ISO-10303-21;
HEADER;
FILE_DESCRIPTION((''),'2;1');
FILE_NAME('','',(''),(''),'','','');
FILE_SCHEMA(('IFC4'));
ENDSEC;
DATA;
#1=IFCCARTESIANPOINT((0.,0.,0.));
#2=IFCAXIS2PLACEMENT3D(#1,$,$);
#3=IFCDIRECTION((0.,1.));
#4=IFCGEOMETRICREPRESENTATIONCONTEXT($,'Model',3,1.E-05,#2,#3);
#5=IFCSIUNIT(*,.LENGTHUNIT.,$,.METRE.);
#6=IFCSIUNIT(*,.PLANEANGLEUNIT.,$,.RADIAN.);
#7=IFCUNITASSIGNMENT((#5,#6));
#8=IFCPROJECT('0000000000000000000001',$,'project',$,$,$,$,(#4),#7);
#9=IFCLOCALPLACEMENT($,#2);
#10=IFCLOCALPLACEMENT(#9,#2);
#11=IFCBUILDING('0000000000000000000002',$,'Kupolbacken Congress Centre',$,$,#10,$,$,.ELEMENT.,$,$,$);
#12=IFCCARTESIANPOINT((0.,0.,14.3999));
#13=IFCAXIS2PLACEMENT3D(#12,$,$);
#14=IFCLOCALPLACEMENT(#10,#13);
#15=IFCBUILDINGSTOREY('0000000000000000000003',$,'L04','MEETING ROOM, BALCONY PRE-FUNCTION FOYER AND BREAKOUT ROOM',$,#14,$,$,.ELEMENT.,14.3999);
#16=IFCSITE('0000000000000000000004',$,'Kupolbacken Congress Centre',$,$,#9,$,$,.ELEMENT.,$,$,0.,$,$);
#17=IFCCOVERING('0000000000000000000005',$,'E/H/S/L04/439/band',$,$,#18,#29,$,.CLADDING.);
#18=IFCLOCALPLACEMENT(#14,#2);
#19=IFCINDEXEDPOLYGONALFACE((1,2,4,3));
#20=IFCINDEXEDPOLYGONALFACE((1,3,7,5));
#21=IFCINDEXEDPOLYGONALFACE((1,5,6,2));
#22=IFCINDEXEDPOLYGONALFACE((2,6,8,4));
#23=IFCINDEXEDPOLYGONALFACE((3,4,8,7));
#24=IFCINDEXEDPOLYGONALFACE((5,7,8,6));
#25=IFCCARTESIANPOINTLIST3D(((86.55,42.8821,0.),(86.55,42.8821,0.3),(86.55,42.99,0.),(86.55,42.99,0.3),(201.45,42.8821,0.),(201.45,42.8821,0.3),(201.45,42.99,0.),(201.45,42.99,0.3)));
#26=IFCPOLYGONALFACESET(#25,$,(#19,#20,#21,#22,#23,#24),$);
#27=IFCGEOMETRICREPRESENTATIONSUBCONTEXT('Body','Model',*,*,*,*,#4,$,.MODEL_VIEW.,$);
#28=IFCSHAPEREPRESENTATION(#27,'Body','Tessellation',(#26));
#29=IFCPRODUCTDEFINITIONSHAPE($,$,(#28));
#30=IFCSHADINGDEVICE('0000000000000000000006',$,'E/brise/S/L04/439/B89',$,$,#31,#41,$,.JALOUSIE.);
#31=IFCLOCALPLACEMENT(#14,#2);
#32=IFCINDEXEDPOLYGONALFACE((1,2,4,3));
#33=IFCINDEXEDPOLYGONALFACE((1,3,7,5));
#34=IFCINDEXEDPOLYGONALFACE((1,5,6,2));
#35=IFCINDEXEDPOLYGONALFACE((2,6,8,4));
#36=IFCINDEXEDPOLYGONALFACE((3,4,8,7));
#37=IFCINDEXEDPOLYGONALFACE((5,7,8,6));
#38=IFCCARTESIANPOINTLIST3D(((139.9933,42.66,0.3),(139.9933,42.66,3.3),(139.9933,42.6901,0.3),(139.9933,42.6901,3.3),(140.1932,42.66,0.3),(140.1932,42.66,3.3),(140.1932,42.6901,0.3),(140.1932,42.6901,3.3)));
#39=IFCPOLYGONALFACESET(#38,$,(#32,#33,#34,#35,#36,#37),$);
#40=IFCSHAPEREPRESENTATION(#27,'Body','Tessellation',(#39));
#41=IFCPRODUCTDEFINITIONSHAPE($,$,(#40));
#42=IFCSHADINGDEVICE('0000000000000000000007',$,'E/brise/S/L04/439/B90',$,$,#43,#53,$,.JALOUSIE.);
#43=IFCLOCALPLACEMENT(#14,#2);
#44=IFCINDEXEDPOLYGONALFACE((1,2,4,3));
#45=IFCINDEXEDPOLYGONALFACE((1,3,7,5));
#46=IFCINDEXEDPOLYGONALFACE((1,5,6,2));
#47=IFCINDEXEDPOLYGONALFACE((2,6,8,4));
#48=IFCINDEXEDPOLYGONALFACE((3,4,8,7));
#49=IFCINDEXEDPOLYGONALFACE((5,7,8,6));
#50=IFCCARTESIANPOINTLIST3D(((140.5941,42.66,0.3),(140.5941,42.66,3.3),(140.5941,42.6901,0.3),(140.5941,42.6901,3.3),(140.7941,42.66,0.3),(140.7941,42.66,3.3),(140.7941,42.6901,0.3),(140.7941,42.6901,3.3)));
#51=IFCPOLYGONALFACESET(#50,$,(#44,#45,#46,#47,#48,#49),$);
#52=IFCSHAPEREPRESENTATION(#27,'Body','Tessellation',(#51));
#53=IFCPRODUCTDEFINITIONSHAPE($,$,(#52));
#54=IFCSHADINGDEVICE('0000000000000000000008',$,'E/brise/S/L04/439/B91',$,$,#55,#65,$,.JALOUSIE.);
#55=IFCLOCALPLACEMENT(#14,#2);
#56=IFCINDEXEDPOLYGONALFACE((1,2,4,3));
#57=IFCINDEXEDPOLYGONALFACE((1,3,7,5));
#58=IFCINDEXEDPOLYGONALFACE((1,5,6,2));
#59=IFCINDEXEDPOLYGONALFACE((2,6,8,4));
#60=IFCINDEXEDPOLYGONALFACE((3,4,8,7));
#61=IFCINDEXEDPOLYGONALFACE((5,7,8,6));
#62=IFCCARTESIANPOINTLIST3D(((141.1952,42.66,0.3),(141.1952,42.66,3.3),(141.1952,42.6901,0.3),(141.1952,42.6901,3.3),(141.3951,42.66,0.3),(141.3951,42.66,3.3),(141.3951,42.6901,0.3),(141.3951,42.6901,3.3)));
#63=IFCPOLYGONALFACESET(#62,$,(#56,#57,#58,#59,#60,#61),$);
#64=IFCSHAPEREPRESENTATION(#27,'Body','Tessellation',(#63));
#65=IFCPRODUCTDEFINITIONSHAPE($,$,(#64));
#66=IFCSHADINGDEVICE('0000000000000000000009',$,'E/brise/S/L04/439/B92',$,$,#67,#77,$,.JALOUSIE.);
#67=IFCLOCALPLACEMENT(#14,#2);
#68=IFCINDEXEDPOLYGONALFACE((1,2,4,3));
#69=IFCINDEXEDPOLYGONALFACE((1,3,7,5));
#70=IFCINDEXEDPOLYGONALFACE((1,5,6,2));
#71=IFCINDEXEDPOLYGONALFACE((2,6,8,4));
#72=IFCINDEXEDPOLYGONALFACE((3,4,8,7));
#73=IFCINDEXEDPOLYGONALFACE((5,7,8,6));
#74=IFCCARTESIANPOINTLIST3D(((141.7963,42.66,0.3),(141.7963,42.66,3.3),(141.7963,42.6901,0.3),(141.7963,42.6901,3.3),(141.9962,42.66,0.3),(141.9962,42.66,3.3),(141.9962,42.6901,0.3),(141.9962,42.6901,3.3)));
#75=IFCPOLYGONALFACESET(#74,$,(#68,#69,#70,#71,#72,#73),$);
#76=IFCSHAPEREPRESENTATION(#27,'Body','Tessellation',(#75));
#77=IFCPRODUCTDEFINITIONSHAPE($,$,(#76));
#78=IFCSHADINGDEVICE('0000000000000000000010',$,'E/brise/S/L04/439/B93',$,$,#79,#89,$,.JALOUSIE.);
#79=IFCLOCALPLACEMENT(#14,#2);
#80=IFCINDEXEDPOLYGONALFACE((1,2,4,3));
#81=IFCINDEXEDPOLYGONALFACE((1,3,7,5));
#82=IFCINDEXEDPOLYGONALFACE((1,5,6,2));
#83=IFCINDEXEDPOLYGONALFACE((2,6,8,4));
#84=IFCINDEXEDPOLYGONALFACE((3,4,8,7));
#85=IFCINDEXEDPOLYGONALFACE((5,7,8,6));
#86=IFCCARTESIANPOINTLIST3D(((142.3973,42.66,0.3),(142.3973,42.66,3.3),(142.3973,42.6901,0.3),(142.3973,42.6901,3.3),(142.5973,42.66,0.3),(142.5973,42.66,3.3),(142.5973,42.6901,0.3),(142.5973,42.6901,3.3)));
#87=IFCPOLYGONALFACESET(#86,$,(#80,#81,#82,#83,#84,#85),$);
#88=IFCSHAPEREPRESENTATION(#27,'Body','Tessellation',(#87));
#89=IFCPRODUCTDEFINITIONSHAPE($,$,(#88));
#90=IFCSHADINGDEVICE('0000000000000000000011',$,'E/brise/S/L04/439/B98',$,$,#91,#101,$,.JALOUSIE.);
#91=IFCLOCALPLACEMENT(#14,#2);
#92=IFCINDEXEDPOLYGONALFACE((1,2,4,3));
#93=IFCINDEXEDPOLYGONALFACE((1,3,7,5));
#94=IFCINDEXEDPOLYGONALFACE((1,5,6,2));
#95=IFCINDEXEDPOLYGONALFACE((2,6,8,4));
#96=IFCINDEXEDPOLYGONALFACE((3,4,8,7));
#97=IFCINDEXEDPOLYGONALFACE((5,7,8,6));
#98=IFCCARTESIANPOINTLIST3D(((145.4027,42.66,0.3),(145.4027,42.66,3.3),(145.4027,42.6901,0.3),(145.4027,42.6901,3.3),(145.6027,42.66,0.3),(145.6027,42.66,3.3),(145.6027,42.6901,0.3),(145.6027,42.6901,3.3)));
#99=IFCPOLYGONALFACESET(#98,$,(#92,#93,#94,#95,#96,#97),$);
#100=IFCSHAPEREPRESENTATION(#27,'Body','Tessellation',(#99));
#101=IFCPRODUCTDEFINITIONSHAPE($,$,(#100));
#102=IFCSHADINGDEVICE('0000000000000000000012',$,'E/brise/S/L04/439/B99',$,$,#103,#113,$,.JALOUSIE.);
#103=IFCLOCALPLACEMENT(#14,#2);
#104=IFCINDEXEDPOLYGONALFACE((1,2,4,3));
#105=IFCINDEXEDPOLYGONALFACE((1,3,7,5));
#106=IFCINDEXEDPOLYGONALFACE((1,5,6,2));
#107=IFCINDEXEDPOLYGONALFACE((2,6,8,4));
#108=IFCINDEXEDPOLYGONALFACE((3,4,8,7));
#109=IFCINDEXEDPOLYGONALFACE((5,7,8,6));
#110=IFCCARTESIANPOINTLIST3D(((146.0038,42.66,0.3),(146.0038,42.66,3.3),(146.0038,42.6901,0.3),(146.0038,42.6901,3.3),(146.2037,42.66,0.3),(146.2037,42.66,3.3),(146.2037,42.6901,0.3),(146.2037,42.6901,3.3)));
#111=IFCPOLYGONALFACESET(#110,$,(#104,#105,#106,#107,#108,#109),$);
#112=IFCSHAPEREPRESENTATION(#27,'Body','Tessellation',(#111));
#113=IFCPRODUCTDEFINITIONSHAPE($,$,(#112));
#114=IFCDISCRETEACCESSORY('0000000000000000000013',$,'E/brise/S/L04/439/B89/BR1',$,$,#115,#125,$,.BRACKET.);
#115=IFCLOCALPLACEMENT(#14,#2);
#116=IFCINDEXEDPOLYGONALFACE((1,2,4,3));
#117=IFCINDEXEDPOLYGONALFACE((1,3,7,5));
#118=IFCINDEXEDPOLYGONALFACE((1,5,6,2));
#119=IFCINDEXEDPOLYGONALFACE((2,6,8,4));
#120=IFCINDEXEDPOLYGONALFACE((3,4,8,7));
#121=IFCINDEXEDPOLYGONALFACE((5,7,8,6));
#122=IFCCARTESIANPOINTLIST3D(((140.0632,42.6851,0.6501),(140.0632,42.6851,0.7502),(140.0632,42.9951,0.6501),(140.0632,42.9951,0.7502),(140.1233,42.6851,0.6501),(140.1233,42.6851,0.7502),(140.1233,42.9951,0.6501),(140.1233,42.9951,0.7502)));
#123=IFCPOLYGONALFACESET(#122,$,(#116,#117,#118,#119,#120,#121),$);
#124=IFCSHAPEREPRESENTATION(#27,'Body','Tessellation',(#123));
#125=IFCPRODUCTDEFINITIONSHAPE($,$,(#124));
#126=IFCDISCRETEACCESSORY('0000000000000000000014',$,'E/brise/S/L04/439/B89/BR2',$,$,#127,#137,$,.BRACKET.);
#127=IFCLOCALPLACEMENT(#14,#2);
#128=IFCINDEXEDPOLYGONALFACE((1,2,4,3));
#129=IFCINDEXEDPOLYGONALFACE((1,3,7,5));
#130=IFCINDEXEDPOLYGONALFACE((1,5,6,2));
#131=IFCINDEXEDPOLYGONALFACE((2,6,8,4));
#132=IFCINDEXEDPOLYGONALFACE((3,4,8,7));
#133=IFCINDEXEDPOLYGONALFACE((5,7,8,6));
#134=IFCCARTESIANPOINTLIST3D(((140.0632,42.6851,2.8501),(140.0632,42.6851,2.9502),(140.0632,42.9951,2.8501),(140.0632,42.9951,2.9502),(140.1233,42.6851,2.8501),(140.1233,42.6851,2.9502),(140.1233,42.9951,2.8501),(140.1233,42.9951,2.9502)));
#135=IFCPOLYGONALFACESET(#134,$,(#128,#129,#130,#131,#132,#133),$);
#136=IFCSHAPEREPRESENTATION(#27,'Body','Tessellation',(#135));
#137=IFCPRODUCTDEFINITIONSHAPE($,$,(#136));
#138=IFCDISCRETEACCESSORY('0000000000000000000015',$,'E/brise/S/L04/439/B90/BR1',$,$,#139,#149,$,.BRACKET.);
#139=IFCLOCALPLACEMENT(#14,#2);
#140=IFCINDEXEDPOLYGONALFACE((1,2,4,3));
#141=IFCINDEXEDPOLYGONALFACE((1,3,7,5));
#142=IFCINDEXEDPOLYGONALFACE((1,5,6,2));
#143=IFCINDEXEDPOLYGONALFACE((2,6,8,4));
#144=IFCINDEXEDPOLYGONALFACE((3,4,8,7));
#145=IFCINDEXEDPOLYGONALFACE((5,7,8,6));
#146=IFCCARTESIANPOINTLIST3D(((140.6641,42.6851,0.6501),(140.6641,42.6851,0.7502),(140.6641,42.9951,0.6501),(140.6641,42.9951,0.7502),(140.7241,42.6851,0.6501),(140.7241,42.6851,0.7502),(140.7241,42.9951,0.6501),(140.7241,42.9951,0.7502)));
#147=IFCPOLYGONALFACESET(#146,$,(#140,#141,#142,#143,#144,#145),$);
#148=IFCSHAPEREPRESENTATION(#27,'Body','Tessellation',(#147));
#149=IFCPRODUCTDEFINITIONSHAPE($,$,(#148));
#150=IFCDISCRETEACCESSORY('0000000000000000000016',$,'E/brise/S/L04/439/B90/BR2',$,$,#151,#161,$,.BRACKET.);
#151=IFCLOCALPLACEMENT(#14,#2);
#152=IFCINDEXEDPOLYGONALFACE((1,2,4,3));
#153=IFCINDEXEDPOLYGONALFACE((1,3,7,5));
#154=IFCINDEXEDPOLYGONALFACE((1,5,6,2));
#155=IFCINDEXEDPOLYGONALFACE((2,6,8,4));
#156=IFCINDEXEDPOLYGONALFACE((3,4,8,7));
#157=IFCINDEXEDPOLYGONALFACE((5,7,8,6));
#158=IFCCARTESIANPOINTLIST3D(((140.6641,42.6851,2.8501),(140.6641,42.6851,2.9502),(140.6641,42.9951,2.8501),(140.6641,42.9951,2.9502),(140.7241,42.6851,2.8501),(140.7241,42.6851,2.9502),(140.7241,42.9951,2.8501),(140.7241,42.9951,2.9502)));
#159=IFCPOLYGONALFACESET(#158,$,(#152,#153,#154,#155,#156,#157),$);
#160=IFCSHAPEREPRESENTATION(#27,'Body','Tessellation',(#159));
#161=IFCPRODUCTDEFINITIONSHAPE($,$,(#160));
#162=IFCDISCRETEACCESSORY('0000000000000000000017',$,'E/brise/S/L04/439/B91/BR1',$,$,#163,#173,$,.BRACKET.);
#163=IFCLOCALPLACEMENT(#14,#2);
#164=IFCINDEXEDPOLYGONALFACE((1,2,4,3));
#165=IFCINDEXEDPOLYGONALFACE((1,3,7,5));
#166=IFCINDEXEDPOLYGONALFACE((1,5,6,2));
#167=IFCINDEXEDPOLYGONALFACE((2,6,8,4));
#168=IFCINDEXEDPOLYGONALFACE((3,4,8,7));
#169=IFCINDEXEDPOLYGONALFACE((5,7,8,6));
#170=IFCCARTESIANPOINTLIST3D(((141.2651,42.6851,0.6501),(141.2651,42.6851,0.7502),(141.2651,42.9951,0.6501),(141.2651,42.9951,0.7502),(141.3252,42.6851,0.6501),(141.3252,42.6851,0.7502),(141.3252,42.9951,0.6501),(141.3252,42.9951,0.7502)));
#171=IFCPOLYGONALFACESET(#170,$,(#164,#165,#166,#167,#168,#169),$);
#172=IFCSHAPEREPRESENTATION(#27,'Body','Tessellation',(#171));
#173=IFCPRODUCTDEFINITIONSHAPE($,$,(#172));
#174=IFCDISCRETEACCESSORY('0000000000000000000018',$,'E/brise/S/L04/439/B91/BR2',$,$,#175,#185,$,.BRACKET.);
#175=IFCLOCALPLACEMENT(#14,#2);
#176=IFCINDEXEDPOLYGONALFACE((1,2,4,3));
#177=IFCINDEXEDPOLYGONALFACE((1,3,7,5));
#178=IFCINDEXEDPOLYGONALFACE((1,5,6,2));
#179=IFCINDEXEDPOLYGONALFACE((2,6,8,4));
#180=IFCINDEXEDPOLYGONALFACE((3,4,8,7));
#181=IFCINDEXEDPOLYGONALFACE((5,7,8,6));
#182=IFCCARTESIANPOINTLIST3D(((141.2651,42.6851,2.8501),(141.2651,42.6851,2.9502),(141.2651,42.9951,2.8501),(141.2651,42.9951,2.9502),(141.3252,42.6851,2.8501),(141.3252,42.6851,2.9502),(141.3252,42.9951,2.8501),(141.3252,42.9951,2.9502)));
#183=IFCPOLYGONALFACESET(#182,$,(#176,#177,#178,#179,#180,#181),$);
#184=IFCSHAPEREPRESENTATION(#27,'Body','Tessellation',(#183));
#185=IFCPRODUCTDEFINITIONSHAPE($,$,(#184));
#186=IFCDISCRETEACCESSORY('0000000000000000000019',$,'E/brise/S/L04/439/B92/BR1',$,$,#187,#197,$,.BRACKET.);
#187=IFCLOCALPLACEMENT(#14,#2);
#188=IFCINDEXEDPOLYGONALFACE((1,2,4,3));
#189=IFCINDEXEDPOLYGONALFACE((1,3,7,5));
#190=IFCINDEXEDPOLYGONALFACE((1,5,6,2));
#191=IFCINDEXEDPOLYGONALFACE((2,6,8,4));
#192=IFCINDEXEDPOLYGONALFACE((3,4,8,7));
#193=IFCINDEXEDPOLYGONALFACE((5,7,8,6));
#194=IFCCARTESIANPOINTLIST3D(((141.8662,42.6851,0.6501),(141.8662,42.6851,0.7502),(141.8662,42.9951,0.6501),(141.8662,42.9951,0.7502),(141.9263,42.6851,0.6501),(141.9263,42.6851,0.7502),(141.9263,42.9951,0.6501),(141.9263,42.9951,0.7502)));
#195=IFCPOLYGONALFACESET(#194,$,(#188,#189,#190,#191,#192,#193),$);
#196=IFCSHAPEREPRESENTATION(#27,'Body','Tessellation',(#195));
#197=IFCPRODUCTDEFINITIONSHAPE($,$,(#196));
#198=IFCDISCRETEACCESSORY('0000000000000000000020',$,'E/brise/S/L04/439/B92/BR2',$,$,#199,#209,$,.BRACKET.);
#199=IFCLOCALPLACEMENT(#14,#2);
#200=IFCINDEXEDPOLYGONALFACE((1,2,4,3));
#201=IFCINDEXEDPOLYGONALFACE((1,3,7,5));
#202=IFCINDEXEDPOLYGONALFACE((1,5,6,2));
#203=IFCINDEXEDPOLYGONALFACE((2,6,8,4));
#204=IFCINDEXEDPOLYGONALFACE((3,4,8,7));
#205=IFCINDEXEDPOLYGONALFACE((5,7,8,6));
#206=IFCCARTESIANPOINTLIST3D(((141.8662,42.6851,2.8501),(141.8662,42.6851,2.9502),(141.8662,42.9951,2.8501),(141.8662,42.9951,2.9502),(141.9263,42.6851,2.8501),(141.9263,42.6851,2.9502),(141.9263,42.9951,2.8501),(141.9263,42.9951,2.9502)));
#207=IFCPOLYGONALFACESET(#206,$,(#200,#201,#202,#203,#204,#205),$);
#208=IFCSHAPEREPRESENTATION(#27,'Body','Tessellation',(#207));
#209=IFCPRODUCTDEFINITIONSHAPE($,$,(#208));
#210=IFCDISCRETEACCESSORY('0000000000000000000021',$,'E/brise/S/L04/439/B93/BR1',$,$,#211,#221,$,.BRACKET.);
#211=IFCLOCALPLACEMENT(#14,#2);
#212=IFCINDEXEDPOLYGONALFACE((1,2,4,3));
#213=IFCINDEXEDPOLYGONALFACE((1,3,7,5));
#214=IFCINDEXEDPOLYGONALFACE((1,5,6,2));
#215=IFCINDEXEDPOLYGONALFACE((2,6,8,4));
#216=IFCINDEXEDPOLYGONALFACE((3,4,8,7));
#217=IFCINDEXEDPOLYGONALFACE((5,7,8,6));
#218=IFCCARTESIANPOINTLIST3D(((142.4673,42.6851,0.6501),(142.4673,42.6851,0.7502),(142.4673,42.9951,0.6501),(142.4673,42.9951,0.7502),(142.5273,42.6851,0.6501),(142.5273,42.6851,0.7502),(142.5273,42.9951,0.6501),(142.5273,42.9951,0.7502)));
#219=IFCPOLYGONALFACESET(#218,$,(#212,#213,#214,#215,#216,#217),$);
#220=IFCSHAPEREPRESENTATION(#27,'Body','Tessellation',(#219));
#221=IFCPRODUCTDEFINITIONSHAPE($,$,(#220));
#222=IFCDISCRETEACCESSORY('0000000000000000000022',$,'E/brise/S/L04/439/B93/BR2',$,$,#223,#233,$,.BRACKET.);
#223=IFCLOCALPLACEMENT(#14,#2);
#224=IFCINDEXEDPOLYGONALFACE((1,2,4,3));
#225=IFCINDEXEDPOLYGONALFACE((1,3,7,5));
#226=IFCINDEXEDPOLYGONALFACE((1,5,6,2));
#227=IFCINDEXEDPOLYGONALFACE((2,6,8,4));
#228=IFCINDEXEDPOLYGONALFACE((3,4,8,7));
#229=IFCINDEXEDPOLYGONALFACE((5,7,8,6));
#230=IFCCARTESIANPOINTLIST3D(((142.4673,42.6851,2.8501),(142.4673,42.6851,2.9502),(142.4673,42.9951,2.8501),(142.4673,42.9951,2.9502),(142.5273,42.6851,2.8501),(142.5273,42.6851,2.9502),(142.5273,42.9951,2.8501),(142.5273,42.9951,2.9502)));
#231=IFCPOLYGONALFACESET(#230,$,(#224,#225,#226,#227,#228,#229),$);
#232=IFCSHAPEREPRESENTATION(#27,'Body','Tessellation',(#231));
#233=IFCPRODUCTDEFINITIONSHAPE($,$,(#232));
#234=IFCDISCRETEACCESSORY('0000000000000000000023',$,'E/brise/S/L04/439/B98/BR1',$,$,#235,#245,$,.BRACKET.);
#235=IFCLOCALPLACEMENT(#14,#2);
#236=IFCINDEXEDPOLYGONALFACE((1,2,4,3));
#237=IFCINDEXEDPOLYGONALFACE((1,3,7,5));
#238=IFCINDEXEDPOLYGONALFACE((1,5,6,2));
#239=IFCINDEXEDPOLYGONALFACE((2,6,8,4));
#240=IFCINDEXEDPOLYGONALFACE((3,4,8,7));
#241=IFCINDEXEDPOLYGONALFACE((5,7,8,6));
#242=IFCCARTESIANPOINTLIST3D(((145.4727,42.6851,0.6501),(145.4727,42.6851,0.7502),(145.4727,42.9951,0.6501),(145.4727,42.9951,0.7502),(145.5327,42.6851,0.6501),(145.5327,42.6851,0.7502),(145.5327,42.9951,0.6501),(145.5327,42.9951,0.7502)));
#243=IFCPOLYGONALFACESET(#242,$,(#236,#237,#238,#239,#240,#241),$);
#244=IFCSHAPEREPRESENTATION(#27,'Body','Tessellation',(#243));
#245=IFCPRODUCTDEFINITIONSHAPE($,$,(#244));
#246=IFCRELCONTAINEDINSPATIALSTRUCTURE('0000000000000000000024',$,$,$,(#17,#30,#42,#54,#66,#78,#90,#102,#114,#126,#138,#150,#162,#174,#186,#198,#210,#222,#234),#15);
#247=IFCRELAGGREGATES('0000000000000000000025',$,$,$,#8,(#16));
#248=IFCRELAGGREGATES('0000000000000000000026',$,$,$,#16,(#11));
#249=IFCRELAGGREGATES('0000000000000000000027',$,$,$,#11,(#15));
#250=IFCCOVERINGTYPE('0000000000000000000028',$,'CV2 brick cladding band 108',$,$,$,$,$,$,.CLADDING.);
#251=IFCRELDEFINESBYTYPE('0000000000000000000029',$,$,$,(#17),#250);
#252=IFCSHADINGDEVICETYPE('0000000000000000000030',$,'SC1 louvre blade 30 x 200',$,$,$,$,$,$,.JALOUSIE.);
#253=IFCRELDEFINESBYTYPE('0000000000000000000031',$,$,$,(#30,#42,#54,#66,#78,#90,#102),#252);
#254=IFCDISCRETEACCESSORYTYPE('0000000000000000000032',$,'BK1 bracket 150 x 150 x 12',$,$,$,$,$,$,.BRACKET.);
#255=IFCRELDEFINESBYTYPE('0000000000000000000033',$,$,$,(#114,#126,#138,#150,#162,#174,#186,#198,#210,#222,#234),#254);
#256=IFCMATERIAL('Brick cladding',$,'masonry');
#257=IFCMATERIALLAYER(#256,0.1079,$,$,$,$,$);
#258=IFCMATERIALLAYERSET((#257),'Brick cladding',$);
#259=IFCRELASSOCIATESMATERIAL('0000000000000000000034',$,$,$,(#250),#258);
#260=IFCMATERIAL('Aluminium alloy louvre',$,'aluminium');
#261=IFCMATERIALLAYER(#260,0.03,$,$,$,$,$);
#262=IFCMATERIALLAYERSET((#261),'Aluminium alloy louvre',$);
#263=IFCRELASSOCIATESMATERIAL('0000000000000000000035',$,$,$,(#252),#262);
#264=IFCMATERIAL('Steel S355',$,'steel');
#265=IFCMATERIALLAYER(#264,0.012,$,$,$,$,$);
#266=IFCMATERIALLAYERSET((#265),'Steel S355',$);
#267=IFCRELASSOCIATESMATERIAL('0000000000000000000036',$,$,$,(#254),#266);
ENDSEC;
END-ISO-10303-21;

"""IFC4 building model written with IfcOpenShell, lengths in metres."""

from ifc_helpers import new_model, si_unit, direction, frame, origin, origin_2d, place, context, subcontext, project, spatial, rectangle, extrude, material, layer, layer_set, type_object, element, save


model = new_model("IFC4")

# Units and contexts
model_context = context("Model", 3, precision=1e-05, world=origin(), true_north=direction((0.0, 1.0)))
body_context = subcontext(model_context, "Body", "Model", "MODEL_VIEW")
ifc_project = project(units=[si_unit("LENGTHUNIT", "METRE"), si_unit("PLANEANGLEUNIT", "RADIAN")], contexts=[model_context])

# Site, building, storey
site_placement = place(None, origin())
site = spatial("IfcSite", under=ifc_project, at=site_placement, Name="Kupolbacken Congress Centre", CompositionType="ELEMENT", RefElevation=0.0)
building_placement = place(site_placement, origin())
building = spatial("IfcBuilding", under=site, at=building_placement, Name="Kupolbacken Congress Centre", CompositionType="ELEMENT")
storey_placement = place(building_placement, frame((0.0, 0.0, 14.3999)))
storey = spatial("IfcBuildingStorey", under=building, at=storey_placement, Name="L04", Description="MEETING ROOM, BALCONY PRE-FUNCTION FOYER AND BREAKOUT ROOM", CompositionType="ELEMENT", Elevation=14.3999)

# Covering
ifc_material_1 = material(Name="Brick cladding", Category="masonry")
ifc_layer_1 = layer(ifc_material_1, 0.1079)
ifc_layer_set_1 = layer_set([ifc_layer_1], Name="Brick cladding")
covering_type = type_object("IfcCoveringType", Name="CV2 brick cladding band 108", PredefinedType="CLADDING", material=ifc_layer_set_1)
covering_placement = place(storey_placement, frame((144.0, 42.936, 0.0), z_axis=(0.0, 0.0, 1.0), x_axis=(1.0, 0.0, 0.0)))
element("IfcCovering", 1, at=covering_placement, inside=storey, type_object=covering_type, Name="E/H/S/L04/439/band", PredefinedType="CLADDING", context=body_context, shape_type="SweptSolid", body=[
    extrude(rectangle(XDim=114.8999, YDim=0.1079, at=origin_2d()), origin(), (0.0, 0.0, 1.0), 0.3),
])

# Shading devices
ifc_material_2 = material(Name="Aluminium alloy louvre", Category="aluminium")
ifc_layer_2 = layer(ifc_material_2, 0.03)
ifc_layer_set_2 = layer_set([ifc_layer_2], Name="Aluminium alloy louvre")
shading_device_type = type_object("IfcShadingDeviceType", Name="SC1 louvre blade 30 x 200", PredefinedType="JALOUSIE", material=ifc_layer_set_2)
for number, where, z_axis, x_axis, name in (
    (2, (140.0933, 42.675, 0.3), (0.0, 0.0, 1.0), (1.0, 0.0, 0.0), "E/brise/S/L04/439/B89"),
    (3, (140.6941, 42.675, 0.3), (0.0, 0.0, 1.0), (1.0, 0.0, 0.0), "E/brise/S/L04/439/B90"),
    (4, (141.2952, 42.675, 0.3), (0.0, 0.0, 1.0), (1.0, 0.0, 0.0), "E/brise/S/L04/439/B91"),
    (5, (141.8962, 42.675, 0.3), (0.0, 0.0, 1.0), (1.0, 0.0, 0.0), "E/brise/S/L04/439/B92"),
    (6, (142.4973, 42.675, 0.3), (0.0, 0.0, 1.0), (1.0, 0.0, 0.0), "E/brise/S/L04/439/B93"),
    (7, (145.5027, 42.675, 0.3), (0.0, 0.0, 1.0), (1.0, 0.0, 0.0), "E/brise/S/L04/439/B98"),
    (8, (146.1038, 42.675, 0.3), (0.0, 0.0, 1.0), (1.0, 0.0, 0.0), "E/brise/S/L04/439/B99"),
):
    element("IfcShadingDevice", number, at=place(storey_placement, frame(where, z_axis=z_axis, x_axis=x_axis)), inside=storey, type_object=shading_device_type, Name=name, PredefinedType="JALOUSIE", context=body_context, shape_type="SweptSolid", body=[
        extrude(rectangle(XDim=0.2, YDim=0.03, at=origin_2d()), origin(), (0.0, 0.0, 1.0), 3.0),
    ])

# Discrete accessories
ifc_material_3 = material(Name="Steel S355", Category="steel")
ifc_layer_3 = layer(ifc_material_3, 0.012)
ifc_layer_set_3 = layer_set([ifc_layer_3], Name="Steel S355")
discrete_accessory_type = type_object("IfcDiscreteAccessoryType", Name="BK1 bracket 150 x 150 x 12", PredefinedType="BRACKET", material=ifc_layer_set_3)
for number, where, z_axis, x_axis, name in (
    (9, (140.0933, 42.8401, 0.6501), (0.0, 0.0, 1.0), (1.0, 0.0, 0.0), "E/brise/S/L04/439/B89/BR1"),
    (10, (140.0933, 42.8401, 2.8501), (0.0, 0.0, 1.0), (1.0, 0.0, 0.0), "E/brise/S/L04/439/B89/BR2"),
    (11, (140.6941, 42.8401, 0.6501), (0.0, 0.0, 1.0), (1.0, 0.0, 0.0), "E/brise/S/L04/439/B90/BR1"),
    (12, (140.6941, 42.8401, 2.8501), (0.0, 0.0, 1.0), (1.0, 0.0, 0.0), "E/brise/S/L04/439/B90/BR2"),
    (13, (141.2952, 42.8401, 0.6501), (0.0, 0.0, 1.0), (1.0, 0.0, 0.0), "E/brise/S/L04/439/B91/BR1"),
    (14, (141.2952, 42.8401, 2.8501), (0.0, 0.0, 1.0), (1.0, 0.0, 0.0), "E/brise/S/L04/439/B91/BR2"),
    (15, (141.8962, 42.8401, 0.6501), (0.0, 0.0, 1.0), (1.0, 0.0, 0.0), "E/brise/S/L04/439/B92/BR1"),
    (16, (141.8962, 42.8401, 2.8501), (0.0, 0.0, 1.0), (1.0, 0.0, 0.0), "E/brise/S/L04/439/B92/BR2"),
    (17, (142.4973, 42.8401, 0.6501), (0.0, 0.0, 1.0), (1.0, 0.0, 0.0), "E/brise/S/L04/439/B93/BR1"),
    (18, (142.4973, 42.8401, 2.8501), (0.0, 0.0, 1.0), (1.0, 0.0, 0.0), "E/brise/S/L04/439/B93/BR2"),
    (19, (145.5027, 42.8401, 0.6501), (0.0, 0.0, 1.0), (1.0, 0.0, 0.0), "E/brise/S/L04/439/B98/BR1"),
):
    element("IfcDiscreteAccessory", number, at=place(storey_placement, frame(where, z_axis=z_axis, x_axis=x_axis)), inside=storey, type_object=discrete_accessory_type, Name=name, PredefinedType="BRACKET", context=body_context, shape_type="SweptSolid", body=[
        extrude(rectangle(XDim=0.0601, YDim=0.3101, at=origin_2d()), origin(), (0.0, 0.0, 1.0), 0.1001),
    ])

save(model, "model.ifc")
